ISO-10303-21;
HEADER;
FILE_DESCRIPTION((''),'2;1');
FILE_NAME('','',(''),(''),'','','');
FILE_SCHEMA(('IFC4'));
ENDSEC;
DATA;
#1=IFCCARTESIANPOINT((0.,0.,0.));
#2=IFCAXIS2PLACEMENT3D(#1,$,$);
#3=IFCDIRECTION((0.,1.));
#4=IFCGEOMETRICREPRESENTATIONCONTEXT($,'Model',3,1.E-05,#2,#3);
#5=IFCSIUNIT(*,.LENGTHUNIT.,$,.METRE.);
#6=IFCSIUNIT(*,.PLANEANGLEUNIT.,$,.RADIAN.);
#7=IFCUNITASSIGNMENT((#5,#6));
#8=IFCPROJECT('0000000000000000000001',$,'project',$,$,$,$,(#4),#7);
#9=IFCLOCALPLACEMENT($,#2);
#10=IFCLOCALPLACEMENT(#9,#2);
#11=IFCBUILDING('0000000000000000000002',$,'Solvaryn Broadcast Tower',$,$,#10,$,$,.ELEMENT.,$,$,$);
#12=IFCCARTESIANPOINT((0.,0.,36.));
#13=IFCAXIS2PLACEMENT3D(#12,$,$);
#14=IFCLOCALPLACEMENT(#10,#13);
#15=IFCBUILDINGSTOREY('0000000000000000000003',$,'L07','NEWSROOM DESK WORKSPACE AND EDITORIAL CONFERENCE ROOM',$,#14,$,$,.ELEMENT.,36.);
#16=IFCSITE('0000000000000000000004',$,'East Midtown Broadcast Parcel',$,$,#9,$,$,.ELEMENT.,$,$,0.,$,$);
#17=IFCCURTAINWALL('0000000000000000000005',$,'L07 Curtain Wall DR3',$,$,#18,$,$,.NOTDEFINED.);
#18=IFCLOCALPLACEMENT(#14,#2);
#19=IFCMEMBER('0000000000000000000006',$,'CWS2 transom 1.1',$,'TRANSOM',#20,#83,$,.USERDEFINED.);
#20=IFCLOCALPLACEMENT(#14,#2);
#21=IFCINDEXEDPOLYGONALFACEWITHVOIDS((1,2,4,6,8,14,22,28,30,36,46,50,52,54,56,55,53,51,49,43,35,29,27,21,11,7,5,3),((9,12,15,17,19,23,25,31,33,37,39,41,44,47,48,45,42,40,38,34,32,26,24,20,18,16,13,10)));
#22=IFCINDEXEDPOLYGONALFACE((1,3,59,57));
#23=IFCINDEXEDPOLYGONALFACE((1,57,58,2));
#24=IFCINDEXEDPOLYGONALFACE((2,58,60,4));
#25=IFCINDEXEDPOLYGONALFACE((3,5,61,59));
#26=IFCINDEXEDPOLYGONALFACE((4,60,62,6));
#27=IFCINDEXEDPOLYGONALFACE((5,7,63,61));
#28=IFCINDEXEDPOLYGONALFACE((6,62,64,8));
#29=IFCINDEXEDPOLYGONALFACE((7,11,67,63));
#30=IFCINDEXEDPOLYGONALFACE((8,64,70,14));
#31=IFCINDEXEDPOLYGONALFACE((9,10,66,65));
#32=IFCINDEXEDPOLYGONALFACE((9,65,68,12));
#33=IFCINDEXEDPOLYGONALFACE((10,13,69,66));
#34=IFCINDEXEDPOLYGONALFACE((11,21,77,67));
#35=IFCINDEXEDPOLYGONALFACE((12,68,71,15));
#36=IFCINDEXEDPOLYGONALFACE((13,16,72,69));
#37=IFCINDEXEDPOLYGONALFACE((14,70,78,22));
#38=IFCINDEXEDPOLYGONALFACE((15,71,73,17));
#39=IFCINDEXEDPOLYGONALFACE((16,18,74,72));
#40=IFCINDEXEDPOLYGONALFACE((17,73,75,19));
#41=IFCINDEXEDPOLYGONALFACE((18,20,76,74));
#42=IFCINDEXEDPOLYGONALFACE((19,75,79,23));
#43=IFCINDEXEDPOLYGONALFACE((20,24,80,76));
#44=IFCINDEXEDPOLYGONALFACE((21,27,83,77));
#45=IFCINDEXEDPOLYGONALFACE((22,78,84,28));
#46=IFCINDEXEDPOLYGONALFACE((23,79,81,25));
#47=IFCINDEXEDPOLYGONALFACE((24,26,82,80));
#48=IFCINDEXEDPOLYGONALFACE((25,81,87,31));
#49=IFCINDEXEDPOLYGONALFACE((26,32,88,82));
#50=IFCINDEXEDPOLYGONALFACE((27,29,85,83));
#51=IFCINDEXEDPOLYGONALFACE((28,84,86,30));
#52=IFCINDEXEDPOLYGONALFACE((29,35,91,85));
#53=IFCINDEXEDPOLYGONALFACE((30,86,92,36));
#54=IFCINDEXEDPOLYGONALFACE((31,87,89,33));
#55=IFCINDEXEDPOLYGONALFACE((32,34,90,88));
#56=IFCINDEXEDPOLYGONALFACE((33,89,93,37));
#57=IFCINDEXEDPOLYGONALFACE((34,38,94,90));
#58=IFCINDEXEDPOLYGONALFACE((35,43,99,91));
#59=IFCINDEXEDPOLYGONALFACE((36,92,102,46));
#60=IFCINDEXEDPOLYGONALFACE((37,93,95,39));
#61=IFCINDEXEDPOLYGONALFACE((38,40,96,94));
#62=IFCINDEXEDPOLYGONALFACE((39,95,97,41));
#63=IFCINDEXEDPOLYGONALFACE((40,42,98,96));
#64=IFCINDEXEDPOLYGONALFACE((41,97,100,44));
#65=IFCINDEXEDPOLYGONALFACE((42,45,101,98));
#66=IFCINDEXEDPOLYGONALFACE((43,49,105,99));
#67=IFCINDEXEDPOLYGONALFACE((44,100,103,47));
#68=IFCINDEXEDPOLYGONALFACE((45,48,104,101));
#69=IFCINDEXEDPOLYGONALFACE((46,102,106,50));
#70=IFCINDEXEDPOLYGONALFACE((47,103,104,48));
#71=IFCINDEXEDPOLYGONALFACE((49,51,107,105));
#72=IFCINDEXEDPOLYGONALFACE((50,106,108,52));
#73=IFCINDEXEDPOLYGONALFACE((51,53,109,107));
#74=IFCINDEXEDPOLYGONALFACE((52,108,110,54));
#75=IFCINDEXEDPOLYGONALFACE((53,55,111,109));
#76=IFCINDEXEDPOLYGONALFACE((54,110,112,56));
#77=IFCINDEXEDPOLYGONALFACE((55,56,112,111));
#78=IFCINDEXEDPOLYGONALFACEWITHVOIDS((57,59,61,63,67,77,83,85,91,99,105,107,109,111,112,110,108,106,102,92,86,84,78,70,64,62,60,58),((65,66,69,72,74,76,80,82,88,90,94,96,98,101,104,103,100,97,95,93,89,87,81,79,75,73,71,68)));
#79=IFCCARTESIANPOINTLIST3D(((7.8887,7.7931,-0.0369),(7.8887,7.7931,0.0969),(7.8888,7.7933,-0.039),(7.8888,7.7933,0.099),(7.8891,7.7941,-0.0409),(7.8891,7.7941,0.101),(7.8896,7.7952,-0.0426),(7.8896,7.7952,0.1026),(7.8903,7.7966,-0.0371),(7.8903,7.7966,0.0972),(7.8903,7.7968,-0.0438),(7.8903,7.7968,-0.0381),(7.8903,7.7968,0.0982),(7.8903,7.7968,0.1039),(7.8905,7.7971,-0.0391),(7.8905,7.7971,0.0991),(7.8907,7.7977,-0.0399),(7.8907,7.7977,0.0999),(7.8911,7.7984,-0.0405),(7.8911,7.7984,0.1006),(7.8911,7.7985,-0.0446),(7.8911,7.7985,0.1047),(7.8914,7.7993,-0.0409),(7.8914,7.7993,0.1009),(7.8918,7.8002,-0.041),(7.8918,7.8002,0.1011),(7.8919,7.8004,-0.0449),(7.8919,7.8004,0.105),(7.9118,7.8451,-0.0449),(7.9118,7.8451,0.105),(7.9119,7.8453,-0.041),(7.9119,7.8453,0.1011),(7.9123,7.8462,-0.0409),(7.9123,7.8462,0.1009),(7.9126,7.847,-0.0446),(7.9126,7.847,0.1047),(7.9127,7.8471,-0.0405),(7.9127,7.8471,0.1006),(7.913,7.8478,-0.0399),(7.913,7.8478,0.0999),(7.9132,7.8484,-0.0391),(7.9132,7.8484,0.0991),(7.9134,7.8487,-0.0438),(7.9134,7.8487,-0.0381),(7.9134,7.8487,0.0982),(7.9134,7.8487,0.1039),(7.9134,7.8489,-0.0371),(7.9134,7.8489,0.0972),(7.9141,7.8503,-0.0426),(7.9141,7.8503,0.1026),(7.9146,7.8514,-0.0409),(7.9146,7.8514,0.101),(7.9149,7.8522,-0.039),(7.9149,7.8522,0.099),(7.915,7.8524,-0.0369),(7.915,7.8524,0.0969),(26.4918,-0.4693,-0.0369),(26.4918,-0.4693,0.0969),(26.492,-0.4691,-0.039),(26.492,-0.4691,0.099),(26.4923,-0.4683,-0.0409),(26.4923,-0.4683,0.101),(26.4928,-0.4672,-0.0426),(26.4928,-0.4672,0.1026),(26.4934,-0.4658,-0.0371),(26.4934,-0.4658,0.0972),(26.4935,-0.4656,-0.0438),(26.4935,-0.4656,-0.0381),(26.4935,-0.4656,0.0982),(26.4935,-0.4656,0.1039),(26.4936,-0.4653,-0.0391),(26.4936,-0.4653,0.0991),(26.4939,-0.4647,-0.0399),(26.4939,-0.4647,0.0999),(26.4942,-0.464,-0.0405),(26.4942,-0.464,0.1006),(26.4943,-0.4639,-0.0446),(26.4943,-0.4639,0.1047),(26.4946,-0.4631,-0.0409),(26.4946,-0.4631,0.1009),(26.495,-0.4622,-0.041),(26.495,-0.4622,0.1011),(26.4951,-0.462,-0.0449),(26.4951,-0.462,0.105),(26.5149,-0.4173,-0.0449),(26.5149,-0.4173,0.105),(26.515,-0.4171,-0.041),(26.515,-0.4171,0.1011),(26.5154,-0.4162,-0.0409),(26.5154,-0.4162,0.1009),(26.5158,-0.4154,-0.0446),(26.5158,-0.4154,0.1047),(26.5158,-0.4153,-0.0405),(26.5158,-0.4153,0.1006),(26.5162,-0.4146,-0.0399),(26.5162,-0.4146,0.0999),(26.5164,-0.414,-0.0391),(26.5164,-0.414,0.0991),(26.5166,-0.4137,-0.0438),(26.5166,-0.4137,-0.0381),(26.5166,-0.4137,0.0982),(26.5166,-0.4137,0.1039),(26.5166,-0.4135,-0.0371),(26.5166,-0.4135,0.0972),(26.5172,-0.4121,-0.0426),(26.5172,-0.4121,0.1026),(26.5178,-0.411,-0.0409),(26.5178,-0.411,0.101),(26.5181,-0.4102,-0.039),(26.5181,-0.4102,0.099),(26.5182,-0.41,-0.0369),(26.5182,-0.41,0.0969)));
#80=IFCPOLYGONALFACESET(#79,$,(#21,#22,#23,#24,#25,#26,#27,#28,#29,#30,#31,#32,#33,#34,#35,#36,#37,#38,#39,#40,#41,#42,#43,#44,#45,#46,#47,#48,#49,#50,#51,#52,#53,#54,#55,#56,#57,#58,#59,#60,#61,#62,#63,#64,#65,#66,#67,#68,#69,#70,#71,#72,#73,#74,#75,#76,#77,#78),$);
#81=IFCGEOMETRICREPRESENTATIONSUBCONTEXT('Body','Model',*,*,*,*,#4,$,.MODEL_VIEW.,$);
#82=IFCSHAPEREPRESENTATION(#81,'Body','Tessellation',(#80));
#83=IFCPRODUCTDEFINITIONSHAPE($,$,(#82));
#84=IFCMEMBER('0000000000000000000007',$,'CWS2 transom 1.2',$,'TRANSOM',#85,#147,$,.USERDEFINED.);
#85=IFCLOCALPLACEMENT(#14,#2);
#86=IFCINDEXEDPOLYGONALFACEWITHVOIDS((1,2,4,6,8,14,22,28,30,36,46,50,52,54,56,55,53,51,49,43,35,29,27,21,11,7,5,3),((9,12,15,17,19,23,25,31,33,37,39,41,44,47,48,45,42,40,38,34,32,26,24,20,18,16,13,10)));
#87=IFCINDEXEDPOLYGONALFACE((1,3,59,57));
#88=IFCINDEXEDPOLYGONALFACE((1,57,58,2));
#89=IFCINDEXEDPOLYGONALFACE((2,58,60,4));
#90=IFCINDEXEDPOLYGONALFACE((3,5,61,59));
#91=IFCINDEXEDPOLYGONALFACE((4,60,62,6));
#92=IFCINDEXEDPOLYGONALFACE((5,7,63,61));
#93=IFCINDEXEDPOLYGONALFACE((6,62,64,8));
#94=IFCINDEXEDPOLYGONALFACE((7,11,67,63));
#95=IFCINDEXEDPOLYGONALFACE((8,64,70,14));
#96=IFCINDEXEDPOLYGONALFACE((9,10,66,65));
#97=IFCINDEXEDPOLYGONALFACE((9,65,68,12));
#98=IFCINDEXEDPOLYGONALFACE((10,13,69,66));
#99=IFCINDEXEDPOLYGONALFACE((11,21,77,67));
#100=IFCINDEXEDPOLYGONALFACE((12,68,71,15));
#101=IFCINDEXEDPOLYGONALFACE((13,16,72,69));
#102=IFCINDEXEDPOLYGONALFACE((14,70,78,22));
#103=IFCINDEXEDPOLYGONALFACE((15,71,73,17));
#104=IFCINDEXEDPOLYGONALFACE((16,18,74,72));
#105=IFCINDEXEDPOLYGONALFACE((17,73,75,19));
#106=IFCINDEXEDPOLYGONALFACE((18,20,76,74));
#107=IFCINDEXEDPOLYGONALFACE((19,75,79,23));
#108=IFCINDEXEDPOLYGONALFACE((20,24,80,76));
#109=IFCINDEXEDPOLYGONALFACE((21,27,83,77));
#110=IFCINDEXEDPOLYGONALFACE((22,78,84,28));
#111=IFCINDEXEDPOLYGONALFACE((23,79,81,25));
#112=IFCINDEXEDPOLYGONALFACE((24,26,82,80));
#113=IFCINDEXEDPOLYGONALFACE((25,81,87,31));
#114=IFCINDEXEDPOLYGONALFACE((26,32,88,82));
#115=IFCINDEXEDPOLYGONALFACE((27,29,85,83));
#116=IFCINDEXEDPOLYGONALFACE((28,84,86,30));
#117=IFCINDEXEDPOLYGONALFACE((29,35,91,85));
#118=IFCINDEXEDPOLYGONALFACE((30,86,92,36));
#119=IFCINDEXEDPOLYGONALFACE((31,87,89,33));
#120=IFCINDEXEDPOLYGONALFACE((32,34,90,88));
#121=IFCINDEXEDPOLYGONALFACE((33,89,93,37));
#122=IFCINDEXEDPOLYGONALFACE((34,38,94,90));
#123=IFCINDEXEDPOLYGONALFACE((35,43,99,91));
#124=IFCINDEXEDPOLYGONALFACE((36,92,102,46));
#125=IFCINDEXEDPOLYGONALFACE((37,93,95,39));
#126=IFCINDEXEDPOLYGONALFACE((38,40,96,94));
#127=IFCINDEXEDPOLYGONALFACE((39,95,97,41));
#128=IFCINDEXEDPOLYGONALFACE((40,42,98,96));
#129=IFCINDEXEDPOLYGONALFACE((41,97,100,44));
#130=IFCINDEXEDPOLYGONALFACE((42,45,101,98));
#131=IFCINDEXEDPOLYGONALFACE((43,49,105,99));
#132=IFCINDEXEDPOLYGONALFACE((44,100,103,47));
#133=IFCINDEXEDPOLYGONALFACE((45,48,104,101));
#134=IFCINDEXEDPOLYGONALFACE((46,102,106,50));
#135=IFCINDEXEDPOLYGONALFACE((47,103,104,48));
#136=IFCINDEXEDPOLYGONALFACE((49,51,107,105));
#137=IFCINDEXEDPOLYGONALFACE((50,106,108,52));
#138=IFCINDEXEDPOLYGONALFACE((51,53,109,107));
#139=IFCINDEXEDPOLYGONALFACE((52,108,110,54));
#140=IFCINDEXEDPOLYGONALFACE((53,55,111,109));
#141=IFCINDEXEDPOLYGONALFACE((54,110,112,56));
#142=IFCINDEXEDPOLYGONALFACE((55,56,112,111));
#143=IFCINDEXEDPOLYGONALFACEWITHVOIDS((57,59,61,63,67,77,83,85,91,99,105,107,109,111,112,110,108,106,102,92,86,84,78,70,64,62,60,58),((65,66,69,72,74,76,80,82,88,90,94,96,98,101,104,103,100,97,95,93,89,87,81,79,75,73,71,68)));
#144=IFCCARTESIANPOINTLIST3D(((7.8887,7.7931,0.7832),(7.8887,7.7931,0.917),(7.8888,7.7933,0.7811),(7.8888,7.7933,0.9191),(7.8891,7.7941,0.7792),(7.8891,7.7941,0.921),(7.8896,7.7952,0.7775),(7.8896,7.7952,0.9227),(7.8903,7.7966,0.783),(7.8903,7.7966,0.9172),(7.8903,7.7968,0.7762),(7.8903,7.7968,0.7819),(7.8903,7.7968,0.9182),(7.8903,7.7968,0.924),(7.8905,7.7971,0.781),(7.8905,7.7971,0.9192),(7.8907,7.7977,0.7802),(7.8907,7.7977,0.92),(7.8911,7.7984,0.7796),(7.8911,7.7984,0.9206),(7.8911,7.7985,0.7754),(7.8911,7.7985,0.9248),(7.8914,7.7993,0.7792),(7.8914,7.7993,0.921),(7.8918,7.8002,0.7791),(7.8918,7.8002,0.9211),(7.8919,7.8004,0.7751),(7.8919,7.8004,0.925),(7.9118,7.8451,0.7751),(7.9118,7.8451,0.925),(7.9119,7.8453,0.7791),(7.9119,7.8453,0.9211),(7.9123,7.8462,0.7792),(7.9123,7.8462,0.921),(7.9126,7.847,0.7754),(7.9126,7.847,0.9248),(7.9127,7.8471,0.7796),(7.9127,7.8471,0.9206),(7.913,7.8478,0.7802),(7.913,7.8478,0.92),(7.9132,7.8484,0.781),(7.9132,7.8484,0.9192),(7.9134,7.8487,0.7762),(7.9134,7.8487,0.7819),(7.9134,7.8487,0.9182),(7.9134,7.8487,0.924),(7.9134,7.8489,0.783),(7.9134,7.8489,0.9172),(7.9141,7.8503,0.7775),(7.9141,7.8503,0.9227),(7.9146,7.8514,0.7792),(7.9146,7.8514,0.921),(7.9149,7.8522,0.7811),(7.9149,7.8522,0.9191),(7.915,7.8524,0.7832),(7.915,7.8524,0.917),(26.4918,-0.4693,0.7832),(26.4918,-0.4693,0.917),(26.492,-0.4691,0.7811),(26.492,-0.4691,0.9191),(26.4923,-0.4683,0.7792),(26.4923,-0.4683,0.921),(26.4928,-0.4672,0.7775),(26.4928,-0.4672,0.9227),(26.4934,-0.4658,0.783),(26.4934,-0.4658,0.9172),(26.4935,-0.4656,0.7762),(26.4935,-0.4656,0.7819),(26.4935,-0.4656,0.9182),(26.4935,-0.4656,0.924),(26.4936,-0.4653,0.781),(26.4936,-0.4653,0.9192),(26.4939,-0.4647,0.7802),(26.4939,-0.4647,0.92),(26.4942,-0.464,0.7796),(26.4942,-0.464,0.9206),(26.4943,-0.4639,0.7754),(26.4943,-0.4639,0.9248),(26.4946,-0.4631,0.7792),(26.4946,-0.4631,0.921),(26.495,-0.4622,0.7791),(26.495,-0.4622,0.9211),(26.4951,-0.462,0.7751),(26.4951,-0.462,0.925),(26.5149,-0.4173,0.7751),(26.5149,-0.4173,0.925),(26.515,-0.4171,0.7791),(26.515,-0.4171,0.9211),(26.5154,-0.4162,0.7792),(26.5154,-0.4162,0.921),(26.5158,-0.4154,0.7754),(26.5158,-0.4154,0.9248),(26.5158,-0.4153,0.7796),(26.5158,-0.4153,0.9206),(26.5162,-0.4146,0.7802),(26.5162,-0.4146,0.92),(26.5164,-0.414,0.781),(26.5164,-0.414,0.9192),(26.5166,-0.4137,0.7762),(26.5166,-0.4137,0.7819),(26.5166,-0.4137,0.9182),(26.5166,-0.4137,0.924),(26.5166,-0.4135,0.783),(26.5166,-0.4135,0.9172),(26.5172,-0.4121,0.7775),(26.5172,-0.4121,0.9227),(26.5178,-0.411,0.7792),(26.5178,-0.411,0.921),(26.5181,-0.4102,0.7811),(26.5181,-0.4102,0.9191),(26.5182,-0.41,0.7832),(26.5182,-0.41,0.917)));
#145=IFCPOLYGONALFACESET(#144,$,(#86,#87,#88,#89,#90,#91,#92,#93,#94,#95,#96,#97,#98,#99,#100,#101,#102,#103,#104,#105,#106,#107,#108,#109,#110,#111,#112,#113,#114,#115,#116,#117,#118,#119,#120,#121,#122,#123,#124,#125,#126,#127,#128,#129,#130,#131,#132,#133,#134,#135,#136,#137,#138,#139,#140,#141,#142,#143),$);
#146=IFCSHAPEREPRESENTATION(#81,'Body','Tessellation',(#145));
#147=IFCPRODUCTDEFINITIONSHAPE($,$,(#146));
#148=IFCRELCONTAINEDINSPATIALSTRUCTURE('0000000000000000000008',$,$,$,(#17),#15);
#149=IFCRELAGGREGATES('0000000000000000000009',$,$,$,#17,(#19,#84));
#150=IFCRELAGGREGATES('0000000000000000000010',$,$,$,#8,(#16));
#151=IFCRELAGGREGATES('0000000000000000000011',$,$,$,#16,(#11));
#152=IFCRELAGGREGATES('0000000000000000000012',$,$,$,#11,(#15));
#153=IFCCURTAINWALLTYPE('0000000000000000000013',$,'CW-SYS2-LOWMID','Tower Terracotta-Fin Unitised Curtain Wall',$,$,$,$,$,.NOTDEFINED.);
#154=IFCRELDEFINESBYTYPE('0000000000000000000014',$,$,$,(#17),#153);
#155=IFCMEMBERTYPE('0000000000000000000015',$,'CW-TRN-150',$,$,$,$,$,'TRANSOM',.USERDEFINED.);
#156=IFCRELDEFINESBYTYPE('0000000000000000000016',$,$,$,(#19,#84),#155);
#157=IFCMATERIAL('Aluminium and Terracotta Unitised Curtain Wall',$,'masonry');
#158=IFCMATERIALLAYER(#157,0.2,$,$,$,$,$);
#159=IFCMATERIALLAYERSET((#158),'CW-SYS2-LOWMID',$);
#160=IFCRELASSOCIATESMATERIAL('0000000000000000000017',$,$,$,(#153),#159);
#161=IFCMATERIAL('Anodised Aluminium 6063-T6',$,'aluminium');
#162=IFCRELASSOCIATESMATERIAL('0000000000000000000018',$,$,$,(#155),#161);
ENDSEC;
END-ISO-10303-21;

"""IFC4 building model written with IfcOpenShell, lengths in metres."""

from ifc_helpers import new_model, si_unit, direction, frame, origin, origin_2d, place, context, subcontext, project, spatial, hollow_rectangle, extrude, material, layer, layer_set, material_profile, profile_set, type_object, element, aggregate, save


model = new_model("IFC4")

# Units and contexts
model_context = context("Model", 3, precision=1e-05, world=origin(), true_north=direction((0.0, 1.0)))
body_context = subcontext(model_context, "Body", "Model", "MODEL_VIEW")
ifc_project = project(units=[si_unit("LENGTHUNIT", "METRE"), si_unit("PLANEANGLEUNIT", "RADIAN")], contexts=[model_context])

# Site, building, storey
site_placement = place(None, origin())
site = spatial("IfcSite", under=ifc_project, at=site_placement, Name="East Midtown Broadcast Parcel", CompositionType="ELEMENT", RefElevation=0.0)
building_placement = place(site_placement, origin())
building = spatial("IfcBuilding", under=site, at=building_placement, Name="Solvaryn Broadcast Tower", CompositionType="ELEMENT")
storey_placement = place(building_placement, frame((0.0, 0.0, 36.0)))
storey = spatial("IfcBuildingStorey", under=building, at=storey_placement, Name="L07", Description="NEWSROOM DESK WORKSPACE AND EDITORIAL CONFERENCE ROOM", CompositionType="ELEMENT", Elevation=36.0)

# Curtain wall, members
ifc_material_1 = material(Name="Aluminium and Terracotta Unitised Curtain Wall", Category="masonry")
ifc_layer_1 = layer(ifc_material_1, 0.2)
ifc_layer_set_1 = layer_set([ifc_layer_1], Name="CW-SYS2-LOWMID")
curtain_wall_type_1 = type_object("IfcCurtainWallType", Name="CW-SYS2-LOWMID", Description="Tower Terracotta-Fin Unitised Curtain Wall", PredefinedType="NOTDEFINED", material=ifc_layer_set_1)
curtain_wall_1_placement = place(storey_placement, origin())
curtain_wall_1 = element("IfcCurtainWall", 1, at=curtain_wall_1_placement, inside=storey, type_object=curtain_wall_type_1, Name="L07 Curtain Wall DR3", PredefinedType="NOTDEFINED")
ifc_material_2 = material(Name="Anodised Aluminium 6063-T6", Category="aluminium")
ifc_material_profile_1 = material_profile(ifc_material_2, hollow_rectangle(XDim=0.0649, YDim=0.1499, WallThickness=0.0039, InnerFilletRadius=0.0039, OuterFilletRadius=0.0081, at=origin_2d()))
ifc_profile_set_1 = profile_set([ifc_material_profile_1], Name="Anodised Aluminium 6063-T6")
member_type_1 = type_object("IfcMemberType", Name="CW-TRN-150", ElementType="TRANSOM", PredefinedType="USERDEFINED", material=ifc_profile_set_1)
member_1_placement = place(storey_placement, frame((7.9019, 7.8228, 0.03), z_axis=(0.913915, -0.405906, 0.0), x_axis=(0.405906, 0.913915, 0.0)))
member_1 = element("IfcMember", 2, at=member_1_placement, type_object=member_type_1, Name="CWS2 transom 1.1", ObjectType="TRANSOM", PredefinedType="USERDEFINED", context=body_context, shape_type="SweptSolid", body=[
    extrude(hollow_rectangle(XDim=0.0649, YDim=0.1499, WallThickness=0.0039, InnerFilletRadius=0.0039, OuterFilletRadius=0.0081, at=origin_2d()), origin(), (0.0, 0.0, 1.0), 20.3555),
])
member_2_placement = place(storey_placement, frame((7.9019, 7.8228, 0.8501), z_axis=(0.913915, -0.405906, 0.0), x_axis=(0.405906, 0.913915, 0.0)))
member_2 = element("IfcMember", 3, at=member_2_placement, type_object=member_type_1, Name="CWS2 transom 1.2", ObjectType="TRANSOM", PredefinedType="USERDEFINED", context=body_context, shape_type="SweptSolid", body=[
    extrude(hollow_rectangle(XDim=0.0649, YDim=0.1499, WallThickness=0.0039, InnerFilletRadius=0.0039, OuterFilletRadius=0.0081, at=origin_2d()), origin(), (0.0, 0.0, 1.0), 20.3555),
])
aggregate(curtain_wall_1, [member_1, member_2])

save(model, "model.ifc")
